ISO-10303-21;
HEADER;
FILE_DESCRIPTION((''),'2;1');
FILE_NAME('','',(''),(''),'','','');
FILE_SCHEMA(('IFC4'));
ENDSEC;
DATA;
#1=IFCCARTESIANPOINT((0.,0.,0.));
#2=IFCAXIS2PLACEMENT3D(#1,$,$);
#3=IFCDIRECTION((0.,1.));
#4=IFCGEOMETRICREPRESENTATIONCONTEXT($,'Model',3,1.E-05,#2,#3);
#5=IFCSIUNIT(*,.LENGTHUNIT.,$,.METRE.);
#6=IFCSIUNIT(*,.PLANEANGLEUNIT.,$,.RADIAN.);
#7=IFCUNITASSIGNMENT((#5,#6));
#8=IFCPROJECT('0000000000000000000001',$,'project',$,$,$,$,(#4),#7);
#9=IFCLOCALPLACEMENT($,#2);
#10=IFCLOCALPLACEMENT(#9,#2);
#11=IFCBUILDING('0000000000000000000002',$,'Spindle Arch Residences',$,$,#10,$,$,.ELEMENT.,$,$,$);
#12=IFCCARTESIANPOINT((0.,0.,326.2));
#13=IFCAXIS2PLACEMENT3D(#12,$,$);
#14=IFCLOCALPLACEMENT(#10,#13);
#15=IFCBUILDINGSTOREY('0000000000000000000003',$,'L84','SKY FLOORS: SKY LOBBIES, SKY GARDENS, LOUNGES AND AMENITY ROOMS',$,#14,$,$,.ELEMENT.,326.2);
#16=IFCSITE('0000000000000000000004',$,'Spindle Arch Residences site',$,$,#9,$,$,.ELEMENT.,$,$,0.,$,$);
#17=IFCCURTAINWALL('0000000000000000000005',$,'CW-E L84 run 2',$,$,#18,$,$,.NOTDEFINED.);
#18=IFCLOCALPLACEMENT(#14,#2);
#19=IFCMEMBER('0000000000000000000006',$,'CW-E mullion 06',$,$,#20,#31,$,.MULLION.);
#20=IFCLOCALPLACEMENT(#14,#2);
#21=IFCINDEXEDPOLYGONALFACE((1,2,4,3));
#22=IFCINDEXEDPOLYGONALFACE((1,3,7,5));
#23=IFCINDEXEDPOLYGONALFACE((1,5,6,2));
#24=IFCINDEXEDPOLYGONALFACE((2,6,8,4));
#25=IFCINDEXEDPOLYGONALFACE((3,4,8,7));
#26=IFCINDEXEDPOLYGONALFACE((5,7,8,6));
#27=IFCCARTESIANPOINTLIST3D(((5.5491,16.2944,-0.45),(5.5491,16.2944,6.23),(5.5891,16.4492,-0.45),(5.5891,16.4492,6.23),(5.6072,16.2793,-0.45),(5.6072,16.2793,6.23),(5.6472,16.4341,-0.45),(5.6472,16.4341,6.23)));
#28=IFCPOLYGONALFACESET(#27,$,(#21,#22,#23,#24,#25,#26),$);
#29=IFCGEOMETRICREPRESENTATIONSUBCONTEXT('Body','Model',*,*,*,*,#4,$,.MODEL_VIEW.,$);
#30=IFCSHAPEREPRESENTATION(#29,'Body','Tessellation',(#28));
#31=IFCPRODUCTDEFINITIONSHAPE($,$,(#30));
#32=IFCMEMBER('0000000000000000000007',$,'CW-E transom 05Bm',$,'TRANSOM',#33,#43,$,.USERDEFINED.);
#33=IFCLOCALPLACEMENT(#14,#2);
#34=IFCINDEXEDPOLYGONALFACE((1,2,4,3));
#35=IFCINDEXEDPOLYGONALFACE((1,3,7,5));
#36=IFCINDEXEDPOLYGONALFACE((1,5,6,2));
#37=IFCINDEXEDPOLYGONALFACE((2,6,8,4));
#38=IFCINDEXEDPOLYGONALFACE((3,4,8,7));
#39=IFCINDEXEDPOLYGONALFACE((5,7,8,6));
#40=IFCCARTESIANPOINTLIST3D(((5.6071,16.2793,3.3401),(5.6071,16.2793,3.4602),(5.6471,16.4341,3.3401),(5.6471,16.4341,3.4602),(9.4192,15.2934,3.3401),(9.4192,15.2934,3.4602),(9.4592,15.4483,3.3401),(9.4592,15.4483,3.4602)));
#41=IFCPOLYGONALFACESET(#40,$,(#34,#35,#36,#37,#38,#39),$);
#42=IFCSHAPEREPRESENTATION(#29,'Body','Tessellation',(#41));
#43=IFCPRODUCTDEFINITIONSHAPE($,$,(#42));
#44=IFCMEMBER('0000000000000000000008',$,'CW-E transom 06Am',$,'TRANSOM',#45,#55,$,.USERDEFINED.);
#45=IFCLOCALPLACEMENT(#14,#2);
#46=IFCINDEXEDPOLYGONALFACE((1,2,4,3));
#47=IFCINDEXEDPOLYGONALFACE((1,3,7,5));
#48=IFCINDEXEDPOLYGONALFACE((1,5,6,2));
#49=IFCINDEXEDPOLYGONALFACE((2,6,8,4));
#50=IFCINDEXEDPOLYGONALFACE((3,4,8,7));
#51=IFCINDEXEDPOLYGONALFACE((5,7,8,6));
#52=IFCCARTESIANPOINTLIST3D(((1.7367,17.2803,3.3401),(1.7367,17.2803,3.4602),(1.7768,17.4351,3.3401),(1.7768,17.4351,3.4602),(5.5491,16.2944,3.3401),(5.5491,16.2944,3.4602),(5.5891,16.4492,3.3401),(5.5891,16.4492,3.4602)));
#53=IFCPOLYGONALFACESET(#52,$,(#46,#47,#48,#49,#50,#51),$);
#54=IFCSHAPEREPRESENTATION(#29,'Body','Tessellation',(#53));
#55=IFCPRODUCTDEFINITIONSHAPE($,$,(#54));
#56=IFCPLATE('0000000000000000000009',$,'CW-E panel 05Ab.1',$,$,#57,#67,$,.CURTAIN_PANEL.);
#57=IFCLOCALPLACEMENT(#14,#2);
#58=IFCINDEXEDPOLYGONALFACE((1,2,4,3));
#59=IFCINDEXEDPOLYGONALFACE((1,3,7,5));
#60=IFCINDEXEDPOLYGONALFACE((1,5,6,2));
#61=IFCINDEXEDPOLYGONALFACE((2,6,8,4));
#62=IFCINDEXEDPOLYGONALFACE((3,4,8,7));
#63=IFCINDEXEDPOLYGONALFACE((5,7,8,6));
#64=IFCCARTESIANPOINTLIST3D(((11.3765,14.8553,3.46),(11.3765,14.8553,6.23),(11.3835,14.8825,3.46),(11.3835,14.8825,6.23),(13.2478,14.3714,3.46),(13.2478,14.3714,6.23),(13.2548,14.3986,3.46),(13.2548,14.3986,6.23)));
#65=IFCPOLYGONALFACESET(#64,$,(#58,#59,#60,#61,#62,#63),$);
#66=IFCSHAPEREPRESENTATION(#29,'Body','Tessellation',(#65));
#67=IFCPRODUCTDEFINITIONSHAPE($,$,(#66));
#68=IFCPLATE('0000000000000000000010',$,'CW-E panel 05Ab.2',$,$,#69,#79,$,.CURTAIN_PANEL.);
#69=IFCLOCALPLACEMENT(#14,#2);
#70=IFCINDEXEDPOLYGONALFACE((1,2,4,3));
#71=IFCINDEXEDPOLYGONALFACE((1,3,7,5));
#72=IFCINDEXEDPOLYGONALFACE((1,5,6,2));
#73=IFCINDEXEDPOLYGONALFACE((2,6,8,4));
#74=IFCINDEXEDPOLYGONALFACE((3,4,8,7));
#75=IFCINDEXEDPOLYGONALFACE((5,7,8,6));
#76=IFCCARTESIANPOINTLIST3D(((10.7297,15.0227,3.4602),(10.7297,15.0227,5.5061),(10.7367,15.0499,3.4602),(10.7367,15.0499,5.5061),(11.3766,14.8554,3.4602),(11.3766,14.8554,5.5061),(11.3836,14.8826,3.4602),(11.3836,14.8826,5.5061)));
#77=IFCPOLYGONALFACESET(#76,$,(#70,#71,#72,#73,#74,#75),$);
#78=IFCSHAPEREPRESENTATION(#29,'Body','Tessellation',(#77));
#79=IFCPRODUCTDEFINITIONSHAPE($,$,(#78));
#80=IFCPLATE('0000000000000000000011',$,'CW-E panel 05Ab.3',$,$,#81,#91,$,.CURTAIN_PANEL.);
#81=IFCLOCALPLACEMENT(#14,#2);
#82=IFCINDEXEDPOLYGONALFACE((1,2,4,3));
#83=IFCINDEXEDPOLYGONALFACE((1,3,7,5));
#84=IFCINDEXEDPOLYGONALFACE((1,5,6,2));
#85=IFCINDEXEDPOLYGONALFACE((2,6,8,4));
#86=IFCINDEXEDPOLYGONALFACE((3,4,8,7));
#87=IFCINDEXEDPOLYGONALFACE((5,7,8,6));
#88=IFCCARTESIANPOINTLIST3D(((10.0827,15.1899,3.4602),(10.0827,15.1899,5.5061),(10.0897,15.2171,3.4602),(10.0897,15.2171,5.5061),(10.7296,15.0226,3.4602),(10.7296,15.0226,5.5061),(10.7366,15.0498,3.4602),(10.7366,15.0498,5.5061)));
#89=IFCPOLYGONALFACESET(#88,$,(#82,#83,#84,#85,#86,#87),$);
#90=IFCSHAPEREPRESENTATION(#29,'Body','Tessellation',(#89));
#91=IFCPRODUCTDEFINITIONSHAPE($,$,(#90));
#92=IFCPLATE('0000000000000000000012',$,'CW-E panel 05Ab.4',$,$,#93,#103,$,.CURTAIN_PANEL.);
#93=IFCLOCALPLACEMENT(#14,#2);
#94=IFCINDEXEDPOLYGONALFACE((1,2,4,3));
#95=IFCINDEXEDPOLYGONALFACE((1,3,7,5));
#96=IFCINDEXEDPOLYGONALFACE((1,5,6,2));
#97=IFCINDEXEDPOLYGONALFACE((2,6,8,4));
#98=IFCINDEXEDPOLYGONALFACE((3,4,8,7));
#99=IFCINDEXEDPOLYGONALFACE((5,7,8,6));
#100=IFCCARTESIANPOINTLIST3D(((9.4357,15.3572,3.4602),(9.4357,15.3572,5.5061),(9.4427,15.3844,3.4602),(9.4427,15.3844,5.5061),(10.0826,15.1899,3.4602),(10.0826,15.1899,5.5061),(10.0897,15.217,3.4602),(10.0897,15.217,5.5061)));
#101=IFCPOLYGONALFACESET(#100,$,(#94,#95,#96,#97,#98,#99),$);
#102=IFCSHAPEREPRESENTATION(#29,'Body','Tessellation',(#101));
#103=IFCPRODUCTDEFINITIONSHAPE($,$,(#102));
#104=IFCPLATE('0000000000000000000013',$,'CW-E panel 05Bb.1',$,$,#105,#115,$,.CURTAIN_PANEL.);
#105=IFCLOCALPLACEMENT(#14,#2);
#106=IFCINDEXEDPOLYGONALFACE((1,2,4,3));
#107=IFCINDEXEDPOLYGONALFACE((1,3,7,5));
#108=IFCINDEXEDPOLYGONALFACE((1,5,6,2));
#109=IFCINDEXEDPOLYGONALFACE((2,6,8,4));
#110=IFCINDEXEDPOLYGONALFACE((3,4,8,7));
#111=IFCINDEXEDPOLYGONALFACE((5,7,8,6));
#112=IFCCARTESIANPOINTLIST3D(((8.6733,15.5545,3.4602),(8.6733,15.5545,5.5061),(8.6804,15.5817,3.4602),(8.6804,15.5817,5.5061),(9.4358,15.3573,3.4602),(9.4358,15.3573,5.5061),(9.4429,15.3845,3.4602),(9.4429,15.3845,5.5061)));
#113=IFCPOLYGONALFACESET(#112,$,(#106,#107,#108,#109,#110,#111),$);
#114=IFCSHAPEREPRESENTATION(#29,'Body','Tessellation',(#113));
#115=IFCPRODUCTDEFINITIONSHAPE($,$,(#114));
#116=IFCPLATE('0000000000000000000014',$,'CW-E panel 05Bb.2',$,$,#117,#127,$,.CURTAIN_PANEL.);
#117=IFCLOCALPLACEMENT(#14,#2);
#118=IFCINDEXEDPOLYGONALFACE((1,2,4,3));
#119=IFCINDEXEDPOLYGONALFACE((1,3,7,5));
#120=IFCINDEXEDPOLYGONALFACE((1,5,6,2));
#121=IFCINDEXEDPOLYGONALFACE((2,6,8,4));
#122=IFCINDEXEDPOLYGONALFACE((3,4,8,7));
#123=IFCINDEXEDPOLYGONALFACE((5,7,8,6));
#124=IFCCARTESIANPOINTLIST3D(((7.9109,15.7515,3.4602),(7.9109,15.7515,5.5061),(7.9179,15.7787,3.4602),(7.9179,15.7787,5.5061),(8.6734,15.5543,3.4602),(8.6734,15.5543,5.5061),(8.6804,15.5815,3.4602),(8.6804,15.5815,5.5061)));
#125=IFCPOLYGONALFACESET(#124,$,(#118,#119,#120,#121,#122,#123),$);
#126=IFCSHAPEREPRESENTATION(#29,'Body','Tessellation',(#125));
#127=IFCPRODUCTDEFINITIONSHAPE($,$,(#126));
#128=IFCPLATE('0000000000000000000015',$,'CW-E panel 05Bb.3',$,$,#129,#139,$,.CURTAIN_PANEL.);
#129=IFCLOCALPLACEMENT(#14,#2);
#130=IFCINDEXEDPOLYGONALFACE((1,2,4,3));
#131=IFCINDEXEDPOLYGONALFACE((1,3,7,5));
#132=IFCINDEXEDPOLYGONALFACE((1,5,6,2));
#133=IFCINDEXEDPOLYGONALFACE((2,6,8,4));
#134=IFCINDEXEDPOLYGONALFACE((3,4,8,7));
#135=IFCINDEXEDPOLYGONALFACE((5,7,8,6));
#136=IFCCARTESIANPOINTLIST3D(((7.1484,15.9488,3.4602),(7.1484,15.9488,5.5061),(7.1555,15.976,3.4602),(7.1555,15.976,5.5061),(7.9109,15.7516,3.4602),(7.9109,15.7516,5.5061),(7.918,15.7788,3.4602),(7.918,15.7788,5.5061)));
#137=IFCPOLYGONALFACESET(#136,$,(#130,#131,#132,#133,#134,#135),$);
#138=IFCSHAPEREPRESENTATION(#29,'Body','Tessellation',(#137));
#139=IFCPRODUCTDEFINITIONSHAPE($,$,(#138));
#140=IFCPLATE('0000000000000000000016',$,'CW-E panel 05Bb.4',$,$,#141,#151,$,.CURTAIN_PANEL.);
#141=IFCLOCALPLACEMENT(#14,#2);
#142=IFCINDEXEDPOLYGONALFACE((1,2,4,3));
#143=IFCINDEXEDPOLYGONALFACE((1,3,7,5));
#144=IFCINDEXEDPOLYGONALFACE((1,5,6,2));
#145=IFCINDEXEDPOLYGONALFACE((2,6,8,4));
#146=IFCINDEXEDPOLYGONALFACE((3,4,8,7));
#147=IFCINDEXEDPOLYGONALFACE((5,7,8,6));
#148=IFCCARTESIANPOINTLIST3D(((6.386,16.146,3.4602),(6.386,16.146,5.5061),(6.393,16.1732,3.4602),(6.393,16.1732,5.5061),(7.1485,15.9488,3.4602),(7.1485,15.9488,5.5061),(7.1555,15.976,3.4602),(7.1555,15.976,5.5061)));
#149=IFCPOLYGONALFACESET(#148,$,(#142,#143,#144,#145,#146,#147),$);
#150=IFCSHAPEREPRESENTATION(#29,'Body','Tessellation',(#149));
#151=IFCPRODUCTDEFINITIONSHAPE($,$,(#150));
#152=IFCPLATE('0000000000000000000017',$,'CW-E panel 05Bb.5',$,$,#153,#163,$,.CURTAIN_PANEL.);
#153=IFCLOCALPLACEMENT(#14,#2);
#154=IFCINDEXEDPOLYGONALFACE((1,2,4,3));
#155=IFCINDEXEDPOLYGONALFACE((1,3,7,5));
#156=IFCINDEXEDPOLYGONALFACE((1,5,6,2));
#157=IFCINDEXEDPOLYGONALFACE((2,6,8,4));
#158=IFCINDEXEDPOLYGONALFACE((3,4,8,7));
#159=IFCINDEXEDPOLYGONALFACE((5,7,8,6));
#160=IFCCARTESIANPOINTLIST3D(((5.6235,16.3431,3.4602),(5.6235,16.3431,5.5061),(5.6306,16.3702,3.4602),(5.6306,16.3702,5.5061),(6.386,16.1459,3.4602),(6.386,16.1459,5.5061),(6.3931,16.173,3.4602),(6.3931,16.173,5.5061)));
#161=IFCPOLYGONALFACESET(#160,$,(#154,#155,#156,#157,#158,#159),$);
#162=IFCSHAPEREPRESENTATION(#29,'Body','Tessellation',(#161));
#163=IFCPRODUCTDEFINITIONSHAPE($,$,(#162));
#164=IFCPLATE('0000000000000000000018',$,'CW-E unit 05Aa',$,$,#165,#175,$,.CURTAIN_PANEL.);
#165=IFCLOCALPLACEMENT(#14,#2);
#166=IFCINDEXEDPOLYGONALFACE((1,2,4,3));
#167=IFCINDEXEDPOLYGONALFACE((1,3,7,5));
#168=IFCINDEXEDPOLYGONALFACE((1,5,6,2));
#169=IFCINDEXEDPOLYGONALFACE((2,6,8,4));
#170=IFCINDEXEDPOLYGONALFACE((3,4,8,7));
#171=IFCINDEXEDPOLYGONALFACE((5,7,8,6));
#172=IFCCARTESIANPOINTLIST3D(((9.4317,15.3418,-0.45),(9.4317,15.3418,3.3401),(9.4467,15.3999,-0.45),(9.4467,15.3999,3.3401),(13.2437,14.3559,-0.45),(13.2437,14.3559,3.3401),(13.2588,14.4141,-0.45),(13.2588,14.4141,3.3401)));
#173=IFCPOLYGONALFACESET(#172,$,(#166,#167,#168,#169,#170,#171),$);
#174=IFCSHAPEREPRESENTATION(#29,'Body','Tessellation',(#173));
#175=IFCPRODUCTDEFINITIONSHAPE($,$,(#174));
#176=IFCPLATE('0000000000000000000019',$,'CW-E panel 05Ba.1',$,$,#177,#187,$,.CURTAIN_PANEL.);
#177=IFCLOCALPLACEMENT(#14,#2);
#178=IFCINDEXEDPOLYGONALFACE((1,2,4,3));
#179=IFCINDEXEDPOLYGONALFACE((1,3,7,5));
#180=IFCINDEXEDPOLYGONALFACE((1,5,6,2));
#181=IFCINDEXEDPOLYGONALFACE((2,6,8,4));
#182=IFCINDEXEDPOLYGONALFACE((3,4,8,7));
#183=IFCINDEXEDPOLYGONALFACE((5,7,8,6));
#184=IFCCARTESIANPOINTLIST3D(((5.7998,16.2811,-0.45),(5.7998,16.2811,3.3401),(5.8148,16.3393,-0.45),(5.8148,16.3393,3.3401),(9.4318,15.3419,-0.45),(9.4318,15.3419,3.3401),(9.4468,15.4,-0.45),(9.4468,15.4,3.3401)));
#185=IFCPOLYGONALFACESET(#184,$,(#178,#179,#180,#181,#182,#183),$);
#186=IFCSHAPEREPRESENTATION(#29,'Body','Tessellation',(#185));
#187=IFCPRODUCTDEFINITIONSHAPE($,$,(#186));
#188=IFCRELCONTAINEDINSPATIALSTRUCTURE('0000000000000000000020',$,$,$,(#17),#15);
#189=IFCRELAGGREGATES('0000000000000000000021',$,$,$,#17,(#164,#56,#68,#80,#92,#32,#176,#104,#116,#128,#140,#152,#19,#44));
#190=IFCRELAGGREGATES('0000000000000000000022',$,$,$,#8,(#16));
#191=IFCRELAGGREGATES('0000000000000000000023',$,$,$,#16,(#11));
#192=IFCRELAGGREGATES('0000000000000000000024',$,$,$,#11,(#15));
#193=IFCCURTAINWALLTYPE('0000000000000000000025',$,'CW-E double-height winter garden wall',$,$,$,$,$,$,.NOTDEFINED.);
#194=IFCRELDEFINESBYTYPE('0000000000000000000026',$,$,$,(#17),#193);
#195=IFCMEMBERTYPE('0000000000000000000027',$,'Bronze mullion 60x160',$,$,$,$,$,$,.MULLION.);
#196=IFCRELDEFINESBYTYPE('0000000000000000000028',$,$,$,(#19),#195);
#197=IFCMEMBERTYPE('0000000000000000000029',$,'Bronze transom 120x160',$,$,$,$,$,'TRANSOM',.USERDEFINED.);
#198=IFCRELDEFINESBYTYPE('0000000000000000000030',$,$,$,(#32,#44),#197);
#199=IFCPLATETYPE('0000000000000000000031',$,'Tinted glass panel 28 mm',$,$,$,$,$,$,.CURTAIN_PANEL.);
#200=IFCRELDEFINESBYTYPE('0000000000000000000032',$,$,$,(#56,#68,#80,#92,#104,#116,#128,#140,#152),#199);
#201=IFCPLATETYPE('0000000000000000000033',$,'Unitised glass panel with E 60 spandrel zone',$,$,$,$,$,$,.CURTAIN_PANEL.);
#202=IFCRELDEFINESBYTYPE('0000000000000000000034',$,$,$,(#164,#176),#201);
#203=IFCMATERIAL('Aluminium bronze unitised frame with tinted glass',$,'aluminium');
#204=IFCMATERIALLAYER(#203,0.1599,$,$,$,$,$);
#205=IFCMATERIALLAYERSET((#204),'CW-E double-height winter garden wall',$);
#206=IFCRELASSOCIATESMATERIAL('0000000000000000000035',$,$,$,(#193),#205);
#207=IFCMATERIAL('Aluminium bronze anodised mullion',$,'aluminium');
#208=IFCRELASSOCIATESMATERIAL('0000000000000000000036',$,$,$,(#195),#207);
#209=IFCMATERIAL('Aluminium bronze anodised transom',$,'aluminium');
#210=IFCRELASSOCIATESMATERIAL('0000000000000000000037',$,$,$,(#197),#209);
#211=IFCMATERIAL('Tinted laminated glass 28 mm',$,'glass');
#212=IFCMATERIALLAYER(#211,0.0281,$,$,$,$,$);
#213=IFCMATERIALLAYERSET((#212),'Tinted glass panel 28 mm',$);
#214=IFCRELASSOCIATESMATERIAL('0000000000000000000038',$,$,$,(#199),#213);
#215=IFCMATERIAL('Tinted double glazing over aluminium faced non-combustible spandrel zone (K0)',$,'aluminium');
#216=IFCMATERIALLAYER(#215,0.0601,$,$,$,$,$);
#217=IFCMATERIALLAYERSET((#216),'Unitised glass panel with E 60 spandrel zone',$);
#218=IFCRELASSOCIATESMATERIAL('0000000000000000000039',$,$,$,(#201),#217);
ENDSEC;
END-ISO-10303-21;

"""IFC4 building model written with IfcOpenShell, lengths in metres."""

from ifc_helpers import new_model, si_unit, direction, frame, origin, origin_2d, place, context, subcontext, project, spatial, rectangle, extrude, material, layer, layer_set, material_profile, profile_set, type_object, element, aggregate, save


model = new_model("IFC4")

# Units and contexts
model_context = context("Model", 3, precision=1e-05, world=origin(), true_north=direction((0.0, 1.0)))
body_context = subcontext(model_context, "Body", "Model", "MODEL_VIEW")
ifc_project = project(units=[si_unit("LENGTHUNIT", "METRE"), si_unit("PLANEANGLEUNIT", "RADIAN")], contexts=[model_context])

# Site, building, storey
site_placement = place(None, origin())
site = spatial("IfcSite", under=ifc_project, at=site_placement, Name="Spindle Arch Residences site", CompositionType="ELEMENT", RefElevation=0.0)
building_placement = place(site_placement, origin())
building = spatial("IfcBuilding", under=site, at=building_placement, Name="Spindle Arch Residences", CompositionType="ELEMENT")
storey_placement = place(building_placement, frame((0.0, 0.0, 326.2)))
storey = spatial("IfcBuildingStorey", under=building, at=storey_placement, Name="L84", Description="SKY FLOORS: SKY LOBBIES, SKY GARDENS, LOUNGES AND AMENITY ROOMS", CompositionType="ELEMENT", Elevation=326.2)

# Curtain wall, members, plates
ifc_material_1 = material(Name="Aluminium bronze unitised frame with tinted glass", Category="aluminium")
ifc_layer_1 = layer(ifc_material_1, 0.1599)
ifc_layer_set_1 = layer_set([ifc_layer_1], Name="CW-E double-height winter garden wall")
curtain_wall_type = type_object("IfcCurtainWallType", Name="CW-E double-height winter garden wall", PredefinedType="NOTDEFINED", material=ifc_layer_set_1)
curtain_wall_placement = place(storey_placement, origin())
curtain_wall = element("IfcCurtainWall", 1, at=curtain_wall_placement, inside=storey, type_object=curtain_wall_type, Name="CW-E L84 run 2", PredefinedType="NOTDEFINED")
ifc_material_2 = material(Name="Aluminium bronze anodised mullion", Category="aluminium")
ifc_material_profile_1 = material_profile(ifc_material_2, rectangle(XDim=0.1599, YDim=0.0601, at=origin_2d()), Name="MU 60x160")
ifc_profile_set_1 = profile_set([ifc_material_profile_1], Name="Aluminium bronze anodised mullion")
member_type_1 = type_object("IfcMemberType", Name="Bronze mullion 60x160", PredefinedType="MULLION", material=ifc_profile_set_1)
member_1_placement = place(storey_placement, frame((5.5981, 16.3643, -0.45), z_axis=(0.0, 0.0, 1.0), x_axis=(-0.25038, -0.968148, 0.0)))
member_1 = element("IfcMember", 2, at=member_1_placement, type_object=member_type_1, Name="CW-E mullion 06", PredefinedType="MULLION", context=body_context, shape_type="SweptSolid", body=[
    extrude(rectangle(XDim=0.1599, YDim=0.0601, at=origin_2d()), origin(), (0.0, 0.0, 1.0), 6.6799),
])
ifc_material_3 = material(Name="Aluminium bronze anodised transom", Category="aluminium")
ifc_material_profile_2 = material_profile(ifc_material_3, rectangle(XDim=0.1599, YDim=0.1201, at=origin_2d()), Name="TR 120x160")
ifc_profile_set_2 = profile_set([ifc_material_profile_2], Name="Aluminium bronze anodised transom")
member_type_2 = type_object("IfcMemberType", Name="Bronze transom 120x160", ElementType="TRANSOM", PredefinedType="USERDEFINED", material=ifc_profile_set_2)
member_2_placement = place(storey_placement, frame((9.4392, 15.3708, 3.4001), z_axis=(-0.968148, 0.250377, 0.0), x_axis=(-0.250377, -0.968148, 0.0)))
member_2 = element("IfcMember", 3, at=member_2_placement, type_object=member_type_2, Name="CW-E transom 05Bm", ObjectType="TRANSOM", PredefinedType="USERDEFINED", context=body_context, shape_type="SweptSolid", body=[
    extrude(rectangle(XDim=0.1599, YDim=0.1201, at=origin_2d()), origin(), (0.0, 0.0, 1.0), 3.9375),
])
member_3_placement = place(storey_placement, frame((5.5691, 16.3718, 3.4001), z_axis=(-0.968152, 0.250362, 0.0), x_axis=(-0.250362, -0.968152, 0.0)))
member_3 = element("IfcMember", 4, at=member_3_placement, type_object=member_type_2, Name="CW-E transom 06Am", ObjectType="TRANSOM", PredefinedType="USERDEFINED", context=body_context, shape_type="SweptSolid", body=[
    extrude(rectangle(XDim=0.1599, YDim=0.1201, at=origin_2d()), origin(), (0.0, 0.0, 1.0), 3.9377),
])
ifc_material_4 = material(Name="Tinted laminated glass 28 mm", Category="glass")
ifc_layer_2 = layer(ifc_material_4, 0.0281)
ifc_layer_set_2 = layer_set([ifc_layer_2], Name="Tinted glass panel 28 mm")
plate_type_1 = type_object("IfcPlateType", Name="Tinted glass panel 28 mm", PredefinedType="CURTAIN_PANEL", material=ifc_layer_set_2)
plate_1_placement = place(storey_placement, frame((12.3157, 14.627, 3.46), z_axis=(0.0, 0.0, 1.0), x_axis=(-0.968148, 0.25038, 0.0)))
plate_1 = element("IfcPlate", 5, at=plate_1_placement, type_object=plate_type_1, Name="CW-E panel 05Ab.1", PredefinedType="CURTAIN_PANEL", context=body_context, shape_type="SweptSolid", body=[
    extrude(rectangle(XDim=1.9329, YDim=0.0281, at=origin_2d()), origin(), (0.0, 0.0, 1.0), 2.77),
])
plate_2_placement = place(storey_placement, frame((11.0566, 14.9526, 3.4602), z_axis=(0.0, 0.0, 1.0), x_axis=(-0.968148, 0.25038, 0.0)))
plate_2 = element("IfcPlate", 6, at=plate_2_placement, type_object=plate_type_1, Name="CW-E panel 05Ab.2", PredefinedType="CURTAIN_PANEL", context=body_context, shape_type="SweptSolid", body=[
    extrude(rectangle(XDim=0.6682, YDim=0.0281, at=origin_2d()), origin(), (0.0, 0.0, 1.0), 2.0459),
])
plate_3_placement = place(storey_placement, frame((10.4097, 15.1199, 3.4602), z_axis=(0.0, 0.0, 1.0), x_axis=(-0.968148, 0.25038, 0.0)))
plate_3 = element("IfcPlate", 7, at=plate_3_placement, type_object=plate_type_1, Name="CW-E panel 05Ab.3", PredefinedType="CURTAIN_PANEL", context=body_context, shape_type="SweptSolid", body=[
    extrude(rectangle(XDim=0.6682, YDim=0.0281, at=origin_2d()), origin(), (0.0, 0.0, 1.0), 2.0459),
])
plate_4_placement = place(storey_placement, frame((9.7627, 15.2871, 3.4602), z_axis=(0.0, 0.0, 1.0), x_axis=(-0.968148, 0.25038, 0.0)))
plate_4 = element("IfcPlate", 8, at=plate_4_placement, type_object=plate_type_1, Name="CW-E panel 05Ab.4", PredefinedType="CURTAIN_PANEL", context=body_context, shape_type="SweptSolid", body=[
    extrude(rectangle(XDim=0.6682, YDim=0.0281, at=origin_2d()), origin(), (0.0, 0.0, 1.0), 2.0459),
])
plate_5_placement = place(storey_placement, frame((9.0581, 15.4695, 3.4602), z_axis=(0.0, 0.0, 1.0), x_axis=(-0.968148, 0.25038, 0.0)))
plate_5 = element("IfcPlate", 9, at=plate_5_placement, type_object=plate_type_1, Name="CW-E panel 05Bb.1", PredefinedType="CURTAIN_PANEL", context=body_context, shape_type="SweptSolid", body=[
    extrude(rectangle(XDim=0.7876, YDim=0.0281, at=origin_2d()), origin(), (0.0, 0.0, 1.0), 2.0459),
])
plate_6_placement = place(storey_placement, frame((8.2957, 15.6665, 3.4602), z_axis=(0.0, 0.0, 1.0), x_axis=(-0.968148, 0.25038, 0.0)))
plate_6 = element("IfcPlate", 10, at=plate_6_placement, type_object=plate_type_1, Name="CW-E panel 05Bb.2", PredefinedType="CURTAIN_PANEL", context=body_context, shape_type="SweptSolid", body=[
    extrude(rectangle(XDim=0.7876, YDim=0.0281, at=origin_2d()), origin(), (0.0, 0.0, 1.0), 2.0459),
])
plate_7_placement = place(storey_placement, frame((7.5332, 15.8638, 3.4602), z_axis=(0.0, 0.0, 1.0), x_axis=(-0.968148, 0.25038, 0.0)))
plate_7 = element("IfcPlate", 11, at=plate_7_placement, type_object=plate_type_1, Name="CW-E panel 05Bb.3", PredefinedType="CURTAIN_PANEL", context=body_context, shape_type="SweptSolid", body=[
    extrude(rectangle(XDim=0.7876, YDim=0.0281, at=origin_2d()), origin(), (0.0, 0.0, 1.0), 2.0459),
])
plate_8_placement = place(storey_placement, frame((6.7708, 16.061, 3.4602), z_axis=(0.0, 0.0, 1.0), x_axis=(-0.968148, 0.25038, 0.0)))
plate_8 = element("IfcPlate", 12, at=plate_8_placement, type_object=plate_type_1, Name="CW-E panel 05Bb.4", PredefinedType="CURTAIN_PANEL", context=body_context, shape_type="SweptSolid", body=[
    extrude(rectangle(XDim=0.7876, YDim=0.0281, at=origin_2d()), origin(), (0.0, 0.0, 1.0), 2.0459),
])
plate_9_placement = place(storey_placement, frame((6.0083, 16.2581, 3.4602), z_axis=(0.0, 0.0, 1.0), x_axis=(-0.968148, 0.25038, 0.0)))
plate_9 = element("IfcPlate", 13, at=plate_9_placement, type_object=plate_type_1, Name="CW-E panel 05Bb.5", PredefinedType="CURTAIN_PANEL", context=body_context, shape_type="SweptSolid", body=[
    extrude(rectangle(XDim=0.7876, YDim=0.0281, at=origin_2d()), origin(), (0.0, 0.0, 1.0), 2.0459),
])
ifc_material_5 = material(Name="Tinted double glazing over aluminium faced non-combustible spandrel zone (K0)", Category="aluminium")
ifc_layer_3 = layer(ifc_material_5, 0.0601)
ifc_layer_set_3 = layer_set([ifc_layer_3], Name="Unitised glass panel with E 60 spandrel zone")
plate_type_2 = type_object("IfcPlateType", Name="Unitised glass panel with E 60 spandrel zone", PredefinedType="CURTAIN_PANEL", material=ifc_layer_set_3)
plate_10_placement = place(storey_placement, frame((11.3452, 14.8779, -0.45), z_axis=(0.0, 0.0, 1.0), x_axis=(-0.968148, 0.25038, 0.0)))
plate_10 = element("IfcPlate", 14, at=plate_10_placement, type_object=plate_type_2, Name="CW-E unit 05Aa", PredefinedType="CURTAIN_PANEL", context=body_context, shape_type="SweptSolid", body=[
    extrude(rectangle(XDim=3.9375, YDim=0.0601, at=origin_2d()), origin(), (0.0, 0.0, 1.0), 3.79),
])
plate_11_placement = place(storey_placement, frame((7.6233, 15.8406, -0.45), z_axis=(0.0, 0.0, 1.0), x_axis=(-0.968148, 0.25038, 0.0)))
plate_11 = element("IfcPlate", 15, at=plate_11_placement, type_object=plate_type_2, Name="CW-E panel 05Ba.1", PredefinedType="CURTAIN_PANEL", context=body_context, shape_type="SweptSolid", body=[
    extrude(rectangle(XDim=3.7515, YDim=0.0601, at=origin_2d()), origin(), (0.0, 0.0, 1.0), 3.79),
])
aggregate(curtain_wall, [plate_10, plate_1, plate_2, plate_3, plate_4, member_2, plate_11, plate_5, plate_6, plate_7, plate_8, plate_9, member_1, member_3])

save(model, "model.ifc")
